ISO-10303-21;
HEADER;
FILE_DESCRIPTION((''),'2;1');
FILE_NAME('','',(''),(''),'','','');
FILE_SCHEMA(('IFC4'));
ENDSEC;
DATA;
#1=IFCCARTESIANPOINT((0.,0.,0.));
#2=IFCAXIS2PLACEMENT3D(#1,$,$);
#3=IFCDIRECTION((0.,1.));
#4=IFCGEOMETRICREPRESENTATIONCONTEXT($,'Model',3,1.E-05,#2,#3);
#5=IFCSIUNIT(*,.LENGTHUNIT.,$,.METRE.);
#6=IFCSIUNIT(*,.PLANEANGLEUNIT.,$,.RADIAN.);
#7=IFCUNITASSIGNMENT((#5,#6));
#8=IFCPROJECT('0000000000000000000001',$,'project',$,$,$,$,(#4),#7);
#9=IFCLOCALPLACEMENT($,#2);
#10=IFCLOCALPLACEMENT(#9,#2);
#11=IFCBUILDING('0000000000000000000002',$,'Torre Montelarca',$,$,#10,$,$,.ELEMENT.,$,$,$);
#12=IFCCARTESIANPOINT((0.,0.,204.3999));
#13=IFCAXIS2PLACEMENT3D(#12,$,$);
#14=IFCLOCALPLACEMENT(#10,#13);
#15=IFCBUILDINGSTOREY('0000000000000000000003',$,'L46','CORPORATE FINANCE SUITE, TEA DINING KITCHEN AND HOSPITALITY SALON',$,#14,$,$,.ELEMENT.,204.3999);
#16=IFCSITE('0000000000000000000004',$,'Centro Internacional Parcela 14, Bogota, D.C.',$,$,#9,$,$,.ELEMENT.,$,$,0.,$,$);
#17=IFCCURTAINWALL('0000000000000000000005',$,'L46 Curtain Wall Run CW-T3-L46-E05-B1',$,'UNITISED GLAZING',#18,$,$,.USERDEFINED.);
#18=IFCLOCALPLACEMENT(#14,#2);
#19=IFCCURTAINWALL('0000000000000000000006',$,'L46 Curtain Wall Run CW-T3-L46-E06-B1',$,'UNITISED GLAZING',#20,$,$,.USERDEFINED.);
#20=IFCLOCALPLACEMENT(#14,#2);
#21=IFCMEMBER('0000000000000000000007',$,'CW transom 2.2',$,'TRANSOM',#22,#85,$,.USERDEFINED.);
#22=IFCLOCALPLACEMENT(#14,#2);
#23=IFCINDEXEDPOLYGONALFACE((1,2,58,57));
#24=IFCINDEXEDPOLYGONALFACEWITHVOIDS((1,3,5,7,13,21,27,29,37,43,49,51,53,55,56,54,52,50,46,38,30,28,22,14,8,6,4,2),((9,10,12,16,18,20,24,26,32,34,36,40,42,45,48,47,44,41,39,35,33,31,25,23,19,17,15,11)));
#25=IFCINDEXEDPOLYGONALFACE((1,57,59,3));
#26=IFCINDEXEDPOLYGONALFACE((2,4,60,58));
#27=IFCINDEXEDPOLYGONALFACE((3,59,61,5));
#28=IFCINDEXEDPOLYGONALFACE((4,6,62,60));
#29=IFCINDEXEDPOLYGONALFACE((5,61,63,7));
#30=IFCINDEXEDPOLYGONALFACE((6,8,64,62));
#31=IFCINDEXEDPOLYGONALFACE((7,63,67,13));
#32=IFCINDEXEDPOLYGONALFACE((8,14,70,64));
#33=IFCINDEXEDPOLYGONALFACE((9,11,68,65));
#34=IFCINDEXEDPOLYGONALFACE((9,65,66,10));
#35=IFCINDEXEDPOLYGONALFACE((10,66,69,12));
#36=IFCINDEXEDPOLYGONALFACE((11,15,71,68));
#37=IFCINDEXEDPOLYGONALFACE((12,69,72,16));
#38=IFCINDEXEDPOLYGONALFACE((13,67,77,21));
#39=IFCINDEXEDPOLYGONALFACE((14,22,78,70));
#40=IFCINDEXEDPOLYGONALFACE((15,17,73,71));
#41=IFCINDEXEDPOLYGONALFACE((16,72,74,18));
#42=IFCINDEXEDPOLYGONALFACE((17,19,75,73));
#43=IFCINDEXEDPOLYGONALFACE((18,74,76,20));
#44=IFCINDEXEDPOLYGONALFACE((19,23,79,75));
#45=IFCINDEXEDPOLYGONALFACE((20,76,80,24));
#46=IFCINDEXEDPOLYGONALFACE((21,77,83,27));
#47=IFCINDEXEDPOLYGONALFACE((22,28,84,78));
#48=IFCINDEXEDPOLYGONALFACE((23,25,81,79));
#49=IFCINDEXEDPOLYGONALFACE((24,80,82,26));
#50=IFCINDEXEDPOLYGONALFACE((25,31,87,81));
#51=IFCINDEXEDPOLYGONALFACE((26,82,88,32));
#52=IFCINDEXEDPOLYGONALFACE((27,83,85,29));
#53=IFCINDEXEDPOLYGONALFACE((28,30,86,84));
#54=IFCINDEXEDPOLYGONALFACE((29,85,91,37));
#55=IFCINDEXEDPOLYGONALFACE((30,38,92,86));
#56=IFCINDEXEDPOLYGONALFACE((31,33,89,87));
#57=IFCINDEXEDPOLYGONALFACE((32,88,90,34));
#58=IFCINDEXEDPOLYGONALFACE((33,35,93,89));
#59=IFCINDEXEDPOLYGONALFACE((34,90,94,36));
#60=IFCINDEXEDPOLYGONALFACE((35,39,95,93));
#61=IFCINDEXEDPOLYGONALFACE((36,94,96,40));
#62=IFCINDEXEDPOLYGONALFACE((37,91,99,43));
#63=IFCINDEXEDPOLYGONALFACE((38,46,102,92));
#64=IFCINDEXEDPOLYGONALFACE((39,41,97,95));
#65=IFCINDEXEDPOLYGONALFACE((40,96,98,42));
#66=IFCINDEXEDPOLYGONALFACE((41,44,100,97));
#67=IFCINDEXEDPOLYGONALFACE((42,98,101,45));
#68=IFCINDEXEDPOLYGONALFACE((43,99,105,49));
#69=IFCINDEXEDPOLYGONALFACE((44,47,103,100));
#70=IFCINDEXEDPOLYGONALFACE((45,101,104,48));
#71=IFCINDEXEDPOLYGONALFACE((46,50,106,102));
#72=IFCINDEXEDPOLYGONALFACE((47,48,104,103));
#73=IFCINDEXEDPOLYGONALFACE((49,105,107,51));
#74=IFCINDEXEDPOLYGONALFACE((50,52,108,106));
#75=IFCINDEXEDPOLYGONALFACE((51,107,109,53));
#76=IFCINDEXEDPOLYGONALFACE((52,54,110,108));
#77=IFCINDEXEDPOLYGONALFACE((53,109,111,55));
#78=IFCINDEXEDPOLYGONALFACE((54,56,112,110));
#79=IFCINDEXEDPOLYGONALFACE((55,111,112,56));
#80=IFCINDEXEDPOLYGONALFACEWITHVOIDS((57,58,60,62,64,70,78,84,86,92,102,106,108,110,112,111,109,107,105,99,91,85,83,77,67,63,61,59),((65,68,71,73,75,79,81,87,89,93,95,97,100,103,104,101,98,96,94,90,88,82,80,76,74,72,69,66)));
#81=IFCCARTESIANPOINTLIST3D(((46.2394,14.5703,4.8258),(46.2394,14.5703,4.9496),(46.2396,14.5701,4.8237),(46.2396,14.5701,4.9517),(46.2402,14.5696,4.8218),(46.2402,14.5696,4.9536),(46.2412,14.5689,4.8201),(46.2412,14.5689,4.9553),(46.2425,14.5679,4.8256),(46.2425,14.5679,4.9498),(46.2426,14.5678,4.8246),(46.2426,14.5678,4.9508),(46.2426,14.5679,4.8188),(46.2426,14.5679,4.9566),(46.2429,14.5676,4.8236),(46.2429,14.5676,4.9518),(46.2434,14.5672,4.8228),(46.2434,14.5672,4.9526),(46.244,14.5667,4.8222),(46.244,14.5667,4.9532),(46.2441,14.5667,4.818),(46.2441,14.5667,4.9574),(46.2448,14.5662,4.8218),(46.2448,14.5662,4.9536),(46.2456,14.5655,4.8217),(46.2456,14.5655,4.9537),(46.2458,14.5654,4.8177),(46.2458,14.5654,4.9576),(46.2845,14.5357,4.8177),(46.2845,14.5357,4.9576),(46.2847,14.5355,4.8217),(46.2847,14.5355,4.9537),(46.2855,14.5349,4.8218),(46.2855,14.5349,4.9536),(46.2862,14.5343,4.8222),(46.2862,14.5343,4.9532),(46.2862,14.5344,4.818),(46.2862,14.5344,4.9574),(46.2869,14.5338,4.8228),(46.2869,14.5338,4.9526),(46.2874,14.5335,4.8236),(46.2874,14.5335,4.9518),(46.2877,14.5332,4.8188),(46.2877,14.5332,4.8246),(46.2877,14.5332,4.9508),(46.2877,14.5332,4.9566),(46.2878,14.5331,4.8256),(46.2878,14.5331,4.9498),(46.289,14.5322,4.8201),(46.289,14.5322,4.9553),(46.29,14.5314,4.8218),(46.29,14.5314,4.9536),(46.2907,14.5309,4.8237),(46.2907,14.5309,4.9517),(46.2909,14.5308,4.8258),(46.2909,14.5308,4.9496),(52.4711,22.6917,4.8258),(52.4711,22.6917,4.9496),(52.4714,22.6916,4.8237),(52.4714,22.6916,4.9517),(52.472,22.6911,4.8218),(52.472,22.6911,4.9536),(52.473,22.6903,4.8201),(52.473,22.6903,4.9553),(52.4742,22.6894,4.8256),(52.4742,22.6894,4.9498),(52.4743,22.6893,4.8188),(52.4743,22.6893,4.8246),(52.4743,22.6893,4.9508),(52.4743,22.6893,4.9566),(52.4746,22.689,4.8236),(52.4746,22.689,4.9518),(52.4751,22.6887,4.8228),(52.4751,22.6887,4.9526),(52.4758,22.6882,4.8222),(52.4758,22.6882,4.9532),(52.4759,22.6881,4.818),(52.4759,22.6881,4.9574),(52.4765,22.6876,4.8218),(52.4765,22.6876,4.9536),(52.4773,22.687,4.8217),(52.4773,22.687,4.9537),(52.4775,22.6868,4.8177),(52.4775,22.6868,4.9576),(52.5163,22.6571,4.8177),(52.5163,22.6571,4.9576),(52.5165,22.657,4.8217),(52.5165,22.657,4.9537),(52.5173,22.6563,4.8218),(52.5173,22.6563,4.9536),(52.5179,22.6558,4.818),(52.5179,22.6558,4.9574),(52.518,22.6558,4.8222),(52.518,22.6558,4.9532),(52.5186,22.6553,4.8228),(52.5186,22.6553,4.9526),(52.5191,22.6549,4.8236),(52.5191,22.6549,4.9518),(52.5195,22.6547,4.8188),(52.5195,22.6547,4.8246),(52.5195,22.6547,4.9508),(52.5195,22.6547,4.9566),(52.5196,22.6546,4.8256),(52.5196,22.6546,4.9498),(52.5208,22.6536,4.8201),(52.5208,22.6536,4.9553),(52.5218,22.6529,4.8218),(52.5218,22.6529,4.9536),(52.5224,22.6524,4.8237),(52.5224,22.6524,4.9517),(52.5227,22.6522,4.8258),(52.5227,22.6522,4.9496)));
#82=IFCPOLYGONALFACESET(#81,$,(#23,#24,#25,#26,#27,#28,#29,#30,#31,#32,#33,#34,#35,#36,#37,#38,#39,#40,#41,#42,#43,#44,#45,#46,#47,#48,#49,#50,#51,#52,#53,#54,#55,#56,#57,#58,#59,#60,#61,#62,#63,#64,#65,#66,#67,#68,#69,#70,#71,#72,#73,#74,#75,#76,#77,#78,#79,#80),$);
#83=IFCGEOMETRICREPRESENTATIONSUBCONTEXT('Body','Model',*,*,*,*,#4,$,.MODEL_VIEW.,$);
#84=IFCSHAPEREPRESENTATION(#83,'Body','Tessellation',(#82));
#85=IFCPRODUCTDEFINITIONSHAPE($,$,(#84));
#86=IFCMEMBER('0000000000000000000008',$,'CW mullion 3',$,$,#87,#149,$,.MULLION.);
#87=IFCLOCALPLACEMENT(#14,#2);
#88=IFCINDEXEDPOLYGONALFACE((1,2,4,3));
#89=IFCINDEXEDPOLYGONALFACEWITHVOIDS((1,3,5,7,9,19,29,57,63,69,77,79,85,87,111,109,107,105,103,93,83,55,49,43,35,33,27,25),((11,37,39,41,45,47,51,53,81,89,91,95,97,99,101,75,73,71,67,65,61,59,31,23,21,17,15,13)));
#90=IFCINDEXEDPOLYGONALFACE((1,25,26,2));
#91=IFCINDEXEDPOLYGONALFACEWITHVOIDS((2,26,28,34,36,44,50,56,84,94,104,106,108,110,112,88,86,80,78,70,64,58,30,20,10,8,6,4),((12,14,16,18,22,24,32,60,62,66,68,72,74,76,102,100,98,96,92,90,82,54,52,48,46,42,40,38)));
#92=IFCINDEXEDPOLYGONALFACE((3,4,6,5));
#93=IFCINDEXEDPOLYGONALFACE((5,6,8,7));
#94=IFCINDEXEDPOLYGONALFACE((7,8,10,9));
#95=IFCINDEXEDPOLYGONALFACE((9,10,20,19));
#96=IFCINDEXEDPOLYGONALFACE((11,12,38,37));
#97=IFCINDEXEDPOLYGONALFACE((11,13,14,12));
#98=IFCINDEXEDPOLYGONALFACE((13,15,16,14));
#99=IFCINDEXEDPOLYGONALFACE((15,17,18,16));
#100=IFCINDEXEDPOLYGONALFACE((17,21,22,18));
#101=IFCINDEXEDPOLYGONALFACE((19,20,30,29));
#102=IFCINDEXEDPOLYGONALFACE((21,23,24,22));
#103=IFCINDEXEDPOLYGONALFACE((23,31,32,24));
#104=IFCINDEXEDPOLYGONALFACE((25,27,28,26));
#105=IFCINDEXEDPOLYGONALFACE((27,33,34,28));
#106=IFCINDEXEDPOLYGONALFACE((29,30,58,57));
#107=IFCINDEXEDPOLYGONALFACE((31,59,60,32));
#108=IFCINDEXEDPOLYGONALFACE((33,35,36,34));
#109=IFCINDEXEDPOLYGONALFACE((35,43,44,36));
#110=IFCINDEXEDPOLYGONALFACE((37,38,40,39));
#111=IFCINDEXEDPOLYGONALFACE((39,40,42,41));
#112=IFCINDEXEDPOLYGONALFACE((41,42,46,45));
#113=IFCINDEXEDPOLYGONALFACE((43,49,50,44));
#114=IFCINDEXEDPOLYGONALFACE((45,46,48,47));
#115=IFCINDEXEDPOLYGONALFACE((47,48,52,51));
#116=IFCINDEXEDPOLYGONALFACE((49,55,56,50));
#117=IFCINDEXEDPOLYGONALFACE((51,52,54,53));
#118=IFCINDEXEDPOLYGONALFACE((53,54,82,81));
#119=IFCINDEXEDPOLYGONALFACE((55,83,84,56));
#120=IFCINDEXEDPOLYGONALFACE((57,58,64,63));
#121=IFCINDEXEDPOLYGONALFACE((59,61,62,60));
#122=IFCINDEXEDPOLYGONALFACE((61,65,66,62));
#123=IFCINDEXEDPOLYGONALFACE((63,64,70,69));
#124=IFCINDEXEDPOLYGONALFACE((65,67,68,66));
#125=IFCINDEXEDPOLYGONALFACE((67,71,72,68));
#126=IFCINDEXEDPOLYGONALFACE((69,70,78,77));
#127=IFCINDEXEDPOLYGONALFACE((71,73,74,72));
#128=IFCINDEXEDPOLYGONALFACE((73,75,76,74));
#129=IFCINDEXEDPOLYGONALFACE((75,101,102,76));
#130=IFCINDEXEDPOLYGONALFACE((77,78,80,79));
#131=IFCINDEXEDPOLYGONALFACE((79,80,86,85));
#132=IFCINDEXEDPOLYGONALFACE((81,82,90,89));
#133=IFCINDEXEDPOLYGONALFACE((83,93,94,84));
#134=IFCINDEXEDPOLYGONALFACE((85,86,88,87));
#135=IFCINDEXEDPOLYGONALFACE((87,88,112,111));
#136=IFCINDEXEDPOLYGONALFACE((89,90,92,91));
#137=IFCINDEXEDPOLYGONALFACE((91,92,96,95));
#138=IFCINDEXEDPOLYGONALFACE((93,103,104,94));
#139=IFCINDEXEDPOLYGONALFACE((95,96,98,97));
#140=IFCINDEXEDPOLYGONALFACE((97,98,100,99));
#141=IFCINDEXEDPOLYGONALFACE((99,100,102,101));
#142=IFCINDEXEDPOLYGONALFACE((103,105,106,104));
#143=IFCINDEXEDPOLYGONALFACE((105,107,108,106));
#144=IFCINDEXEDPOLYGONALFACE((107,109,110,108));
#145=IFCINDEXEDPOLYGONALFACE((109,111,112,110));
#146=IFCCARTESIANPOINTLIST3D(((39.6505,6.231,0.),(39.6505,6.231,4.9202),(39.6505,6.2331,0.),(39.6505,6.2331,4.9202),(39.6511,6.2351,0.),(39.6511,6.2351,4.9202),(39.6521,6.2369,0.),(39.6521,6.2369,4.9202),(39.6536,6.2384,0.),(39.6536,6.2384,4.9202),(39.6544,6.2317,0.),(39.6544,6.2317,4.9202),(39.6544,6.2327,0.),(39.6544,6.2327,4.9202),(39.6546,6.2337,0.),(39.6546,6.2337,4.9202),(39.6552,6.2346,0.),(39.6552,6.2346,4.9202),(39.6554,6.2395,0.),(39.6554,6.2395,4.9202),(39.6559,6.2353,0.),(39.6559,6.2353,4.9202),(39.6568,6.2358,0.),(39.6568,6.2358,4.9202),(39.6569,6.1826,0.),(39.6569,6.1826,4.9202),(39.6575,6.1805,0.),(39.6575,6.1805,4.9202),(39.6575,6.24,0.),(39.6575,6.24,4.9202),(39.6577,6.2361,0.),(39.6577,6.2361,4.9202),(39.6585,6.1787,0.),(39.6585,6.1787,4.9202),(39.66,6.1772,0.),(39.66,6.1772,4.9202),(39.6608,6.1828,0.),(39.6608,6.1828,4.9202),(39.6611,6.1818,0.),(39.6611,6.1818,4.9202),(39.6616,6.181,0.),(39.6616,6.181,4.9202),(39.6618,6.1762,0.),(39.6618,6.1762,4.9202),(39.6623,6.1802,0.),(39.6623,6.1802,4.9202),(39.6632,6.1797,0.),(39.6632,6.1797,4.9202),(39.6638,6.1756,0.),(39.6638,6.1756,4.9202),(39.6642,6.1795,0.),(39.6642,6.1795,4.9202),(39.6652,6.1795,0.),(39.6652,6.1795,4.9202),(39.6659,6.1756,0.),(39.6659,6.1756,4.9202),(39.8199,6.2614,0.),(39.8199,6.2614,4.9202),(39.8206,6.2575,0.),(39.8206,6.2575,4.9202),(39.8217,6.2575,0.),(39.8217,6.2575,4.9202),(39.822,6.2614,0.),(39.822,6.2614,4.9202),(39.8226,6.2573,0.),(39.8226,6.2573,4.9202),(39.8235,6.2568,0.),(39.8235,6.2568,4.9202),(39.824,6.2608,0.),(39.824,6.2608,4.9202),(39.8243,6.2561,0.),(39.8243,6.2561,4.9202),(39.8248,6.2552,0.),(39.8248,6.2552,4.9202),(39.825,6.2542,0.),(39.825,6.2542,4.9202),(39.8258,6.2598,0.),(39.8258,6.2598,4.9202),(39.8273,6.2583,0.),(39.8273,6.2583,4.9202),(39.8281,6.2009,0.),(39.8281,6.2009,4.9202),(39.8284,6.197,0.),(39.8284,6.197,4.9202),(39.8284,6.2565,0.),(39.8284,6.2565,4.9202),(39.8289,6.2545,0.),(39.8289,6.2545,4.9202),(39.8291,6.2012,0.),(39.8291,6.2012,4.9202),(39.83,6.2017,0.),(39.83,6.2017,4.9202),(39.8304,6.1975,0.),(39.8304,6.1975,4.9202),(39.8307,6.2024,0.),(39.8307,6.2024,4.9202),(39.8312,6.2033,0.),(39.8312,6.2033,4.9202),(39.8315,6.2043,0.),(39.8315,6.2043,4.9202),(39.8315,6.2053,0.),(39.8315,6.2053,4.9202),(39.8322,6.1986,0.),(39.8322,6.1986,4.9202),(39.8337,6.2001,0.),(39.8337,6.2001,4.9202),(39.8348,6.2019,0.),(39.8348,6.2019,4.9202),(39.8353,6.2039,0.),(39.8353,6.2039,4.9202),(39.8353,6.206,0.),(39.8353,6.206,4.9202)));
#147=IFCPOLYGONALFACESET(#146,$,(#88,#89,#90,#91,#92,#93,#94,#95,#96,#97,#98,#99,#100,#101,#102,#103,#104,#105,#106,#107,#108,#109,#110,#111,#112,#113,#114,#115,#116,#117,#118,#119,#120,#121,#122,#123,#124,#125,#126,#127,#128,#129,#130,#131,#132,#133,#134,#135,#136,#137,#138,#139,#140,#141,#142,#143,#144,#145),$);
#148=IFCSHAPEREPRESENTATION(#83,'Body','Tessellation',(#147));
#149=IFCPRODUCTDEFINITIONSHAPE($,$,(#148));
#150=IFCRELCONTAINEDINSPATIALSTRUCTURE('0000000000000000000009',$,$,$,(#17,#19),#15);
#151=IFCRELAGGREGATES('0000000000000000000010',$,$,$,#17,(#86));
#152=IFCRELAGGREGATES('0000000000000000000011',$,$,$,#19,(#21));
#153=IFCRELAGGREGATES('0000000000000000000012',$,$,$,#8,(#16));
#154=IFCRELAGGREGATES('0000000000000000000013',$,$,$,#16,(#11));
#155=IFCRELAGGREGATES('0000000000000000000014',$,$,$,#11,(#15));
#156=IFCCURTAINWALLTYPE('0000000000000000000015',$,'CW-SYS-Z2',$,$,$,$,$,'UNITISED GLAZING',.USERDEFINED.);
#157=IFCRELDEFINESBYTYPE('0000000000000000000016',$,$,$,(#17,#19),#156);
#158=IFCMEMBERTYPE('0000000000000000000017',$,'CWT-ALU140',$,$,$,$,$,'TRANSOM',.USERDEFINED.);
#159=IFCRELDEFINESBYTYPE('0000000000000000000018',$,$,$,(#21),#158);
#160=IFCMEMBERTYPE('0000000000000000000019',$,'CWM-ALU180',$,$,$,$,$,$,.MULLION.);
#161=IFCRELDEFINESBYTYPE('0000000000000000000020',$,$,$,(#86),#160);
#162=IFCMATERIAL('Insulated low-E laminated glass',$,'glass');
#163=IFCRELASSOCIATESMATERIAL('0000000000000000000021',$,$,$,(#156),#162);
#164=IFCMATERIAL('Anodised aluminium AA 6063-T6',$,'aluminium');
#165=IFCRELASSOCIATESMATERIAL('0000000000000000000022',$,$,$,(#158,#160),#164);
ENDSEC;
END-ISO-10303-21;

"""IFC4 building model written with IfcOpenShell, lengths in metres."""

from ifc_helpers import new_model, si_unit, direction, frame, origin, origin_2d, place, context, subcontext, project, spatial, hollow_rectangle, extrude, source, transform, mapped, material, material_profile, profile_set, type_object, element, aggregate, save


model = new_model("IFC4")

# Units and contexts
model_context = context("Model", 3, precision=1e-05, world=origin(), true_north=direction((0.0, 1.0)))
body_context = subcontext(model_context, "Body", "Model", "MODEL_VIEW")
ifc_project = project(units=[si_unit("LENGTHUNIT", "METRE"), si_unit("PLANEANGLEUNIT", "RADIAN")], contexts=[model_context])

# Site, building, storey
site_placement = place(None, origin())
site = spatial("IfcSite", under=ifc_project, at=site_placement, Name="Centro Internacional Parcela 14, Bogota, D.C.", CompositionType="ELEMENT", RefElevation=0.0)
building_placement = place(site_placement, origin())
building = spatial("IfcBuilding", under=site, at=building_placement, Name="Torre Montelarca", CompositionType="ELEMENT")
storey_placement = place(building_placement, frame((0.0, 0.0, 204.3999)))
storey = spatial("IfcBuildingStorey", under=building, at=storey_placement, Name="L46", Description="CORPORATE FINANCE SUITE, TEA DINING KITCHEN AND HOSPITALITY SALON", CompositionType="ELEMENT", Elevation=204.3999)

# Curtain walls, member
ifc_material_1 = material(Name="Insulated low-E laminated glass", Category="glass")
curtain_wall_type = type_object("IfcCurtainWallType", Name="CW-SYS-Z2", ElementType="UNITISED GLAZING", PredefinedType="USERDEFINED", material=ifc_material_1)
curtain_wall_1_placement = place(storey_placement, origin())
curtain_wall_1 = element("IfcCurtainWall", 1, at=curtain_wall_1_placement, inside=storey, type_object=curtain_wall_type, Name="L46 Curtain Wall Run CW-T3-L46-E05-B1", ObjectType="UNITISED GLAZING", PredefinedType="USERDEFINED")
ifc_material_2 = material(Name="Anodised aluminium AA 6063-T6", Category="aluminium")
ifc_material_profile_1 = material_profile(ifc_material_2, hollow_rectangle(XDim=0.0649, YDim=0.1399, WallThickness=0.0039, InnerFilletRadius=0.0039, OuterFilletRadius=0.0081, at=origin_2d()), Name="ALU65X140X4", Category="aluminium")
ifc_profile_set_1 = profile_set([ifc_material_profile_1], Name="Anodised aluminium AA 6063-T6")
member_type_1 = type_object("IfcMemberType", Name="CWT-ALU140", ElementType="TRANSOM", PredefinedType="USERDEFINED", material=ifc_profile_set_1)
curtain_wall_2_placement = place(storey_placement, origin())
curtain_wall_2 = element("IfcCurtainWall", 2, at=curtain_wall_2_placement, inside=storey, type_object=curtain_wall_type, Name="L46 Curtain Wall Run CW-T3-L46-E06-B1", ObjectType="UNITISED GLAZING", PredefinedType="USERDEFINED")
shared_shape_1 = source(origin(), body_context, "Body", "SweptSolid", [
    extrude(hollow_rectangle(XDim=0.0649, YDim=0.1399, WallThickness=0.0039, InnerFilletRadius=0.0039, OuterFilletRadius=0.0081, at=origin_2d()), origin(), (0.0, 0.0, 1.0), 10.2368),
])
member_1_placement = place(storey_placement, frame((46.2651, 14.5505, 4.8877), z_axis=(0.608759, 0.793355, 0.0), x_axis=(-0.793355, 0.608759, 0.0)))
member_1 = element("IfcMember", 3, at=member_1_placement, type_object=member_type_1, Name="CW transom 2.2", ObjectType="TRANSOM", PredefinedType="USERDEFINED", context=body_context, shape_type="MappedRepresentation", body=[
    mapped(shared_shape_1, transform((0.0, 0.0, 0.0), scale=1.0)),
])

# Member
ifc_material_profile_2 = material_profile(ifc_material_2, hollow_rectangle(XDim=0.0649, YDim=0.1799, WallThickness=0.0039, InnerFilletRadius=0.0039, OuterFilletRadius=0.0081, at=origin_2d()), Name="ALU65X180X4", Category="aluminium")
ifc_profile_set_2 = profile_set([ifc_material_profile_2], Name="Anodised aluminium AA 6063-T6")
member_type_2 = type_object("IfcMemberType", Name="CWM-ALU180", PredefinedType="MULLION", material=ifc_profile_set_2)
shared_shape_2 = source(origin(), body_context, "Body", "SweptSolid", [
    extrude(hollow_rectangle(XDim=0.0649, YDim=0.1799, WallThickness=0.0039, InnerFilletRadius=0.0039, OuterFilletRadius=0.0081, at=origin_2d()), origin(), (0.0, 0.0, 1.0), 4.9202),
])
member_2_placement = place(storey_placement, frame((39.7429, 6.2185, 0.0), z_axis=(0.0, 0.0, 1.0), x_axis=(-0.130512, 0.991447, 0.0)))
member_2 = element("IfcMember", 4, at=member_2_placement, type_object=member_type_2, Name="CW mullion 3", PredefinedType="MULLION", context=body_context, shape_type="MappedRepresentation", body=[
    mapped(shared_shape_2, transform((0.0, 0.0, 0.0), scale=1.0)),
])

aggregate(curtain_wall_1, [member_2])
aggregate(curtain_wall_2, [member_1])

save(model, "model.ifc")
